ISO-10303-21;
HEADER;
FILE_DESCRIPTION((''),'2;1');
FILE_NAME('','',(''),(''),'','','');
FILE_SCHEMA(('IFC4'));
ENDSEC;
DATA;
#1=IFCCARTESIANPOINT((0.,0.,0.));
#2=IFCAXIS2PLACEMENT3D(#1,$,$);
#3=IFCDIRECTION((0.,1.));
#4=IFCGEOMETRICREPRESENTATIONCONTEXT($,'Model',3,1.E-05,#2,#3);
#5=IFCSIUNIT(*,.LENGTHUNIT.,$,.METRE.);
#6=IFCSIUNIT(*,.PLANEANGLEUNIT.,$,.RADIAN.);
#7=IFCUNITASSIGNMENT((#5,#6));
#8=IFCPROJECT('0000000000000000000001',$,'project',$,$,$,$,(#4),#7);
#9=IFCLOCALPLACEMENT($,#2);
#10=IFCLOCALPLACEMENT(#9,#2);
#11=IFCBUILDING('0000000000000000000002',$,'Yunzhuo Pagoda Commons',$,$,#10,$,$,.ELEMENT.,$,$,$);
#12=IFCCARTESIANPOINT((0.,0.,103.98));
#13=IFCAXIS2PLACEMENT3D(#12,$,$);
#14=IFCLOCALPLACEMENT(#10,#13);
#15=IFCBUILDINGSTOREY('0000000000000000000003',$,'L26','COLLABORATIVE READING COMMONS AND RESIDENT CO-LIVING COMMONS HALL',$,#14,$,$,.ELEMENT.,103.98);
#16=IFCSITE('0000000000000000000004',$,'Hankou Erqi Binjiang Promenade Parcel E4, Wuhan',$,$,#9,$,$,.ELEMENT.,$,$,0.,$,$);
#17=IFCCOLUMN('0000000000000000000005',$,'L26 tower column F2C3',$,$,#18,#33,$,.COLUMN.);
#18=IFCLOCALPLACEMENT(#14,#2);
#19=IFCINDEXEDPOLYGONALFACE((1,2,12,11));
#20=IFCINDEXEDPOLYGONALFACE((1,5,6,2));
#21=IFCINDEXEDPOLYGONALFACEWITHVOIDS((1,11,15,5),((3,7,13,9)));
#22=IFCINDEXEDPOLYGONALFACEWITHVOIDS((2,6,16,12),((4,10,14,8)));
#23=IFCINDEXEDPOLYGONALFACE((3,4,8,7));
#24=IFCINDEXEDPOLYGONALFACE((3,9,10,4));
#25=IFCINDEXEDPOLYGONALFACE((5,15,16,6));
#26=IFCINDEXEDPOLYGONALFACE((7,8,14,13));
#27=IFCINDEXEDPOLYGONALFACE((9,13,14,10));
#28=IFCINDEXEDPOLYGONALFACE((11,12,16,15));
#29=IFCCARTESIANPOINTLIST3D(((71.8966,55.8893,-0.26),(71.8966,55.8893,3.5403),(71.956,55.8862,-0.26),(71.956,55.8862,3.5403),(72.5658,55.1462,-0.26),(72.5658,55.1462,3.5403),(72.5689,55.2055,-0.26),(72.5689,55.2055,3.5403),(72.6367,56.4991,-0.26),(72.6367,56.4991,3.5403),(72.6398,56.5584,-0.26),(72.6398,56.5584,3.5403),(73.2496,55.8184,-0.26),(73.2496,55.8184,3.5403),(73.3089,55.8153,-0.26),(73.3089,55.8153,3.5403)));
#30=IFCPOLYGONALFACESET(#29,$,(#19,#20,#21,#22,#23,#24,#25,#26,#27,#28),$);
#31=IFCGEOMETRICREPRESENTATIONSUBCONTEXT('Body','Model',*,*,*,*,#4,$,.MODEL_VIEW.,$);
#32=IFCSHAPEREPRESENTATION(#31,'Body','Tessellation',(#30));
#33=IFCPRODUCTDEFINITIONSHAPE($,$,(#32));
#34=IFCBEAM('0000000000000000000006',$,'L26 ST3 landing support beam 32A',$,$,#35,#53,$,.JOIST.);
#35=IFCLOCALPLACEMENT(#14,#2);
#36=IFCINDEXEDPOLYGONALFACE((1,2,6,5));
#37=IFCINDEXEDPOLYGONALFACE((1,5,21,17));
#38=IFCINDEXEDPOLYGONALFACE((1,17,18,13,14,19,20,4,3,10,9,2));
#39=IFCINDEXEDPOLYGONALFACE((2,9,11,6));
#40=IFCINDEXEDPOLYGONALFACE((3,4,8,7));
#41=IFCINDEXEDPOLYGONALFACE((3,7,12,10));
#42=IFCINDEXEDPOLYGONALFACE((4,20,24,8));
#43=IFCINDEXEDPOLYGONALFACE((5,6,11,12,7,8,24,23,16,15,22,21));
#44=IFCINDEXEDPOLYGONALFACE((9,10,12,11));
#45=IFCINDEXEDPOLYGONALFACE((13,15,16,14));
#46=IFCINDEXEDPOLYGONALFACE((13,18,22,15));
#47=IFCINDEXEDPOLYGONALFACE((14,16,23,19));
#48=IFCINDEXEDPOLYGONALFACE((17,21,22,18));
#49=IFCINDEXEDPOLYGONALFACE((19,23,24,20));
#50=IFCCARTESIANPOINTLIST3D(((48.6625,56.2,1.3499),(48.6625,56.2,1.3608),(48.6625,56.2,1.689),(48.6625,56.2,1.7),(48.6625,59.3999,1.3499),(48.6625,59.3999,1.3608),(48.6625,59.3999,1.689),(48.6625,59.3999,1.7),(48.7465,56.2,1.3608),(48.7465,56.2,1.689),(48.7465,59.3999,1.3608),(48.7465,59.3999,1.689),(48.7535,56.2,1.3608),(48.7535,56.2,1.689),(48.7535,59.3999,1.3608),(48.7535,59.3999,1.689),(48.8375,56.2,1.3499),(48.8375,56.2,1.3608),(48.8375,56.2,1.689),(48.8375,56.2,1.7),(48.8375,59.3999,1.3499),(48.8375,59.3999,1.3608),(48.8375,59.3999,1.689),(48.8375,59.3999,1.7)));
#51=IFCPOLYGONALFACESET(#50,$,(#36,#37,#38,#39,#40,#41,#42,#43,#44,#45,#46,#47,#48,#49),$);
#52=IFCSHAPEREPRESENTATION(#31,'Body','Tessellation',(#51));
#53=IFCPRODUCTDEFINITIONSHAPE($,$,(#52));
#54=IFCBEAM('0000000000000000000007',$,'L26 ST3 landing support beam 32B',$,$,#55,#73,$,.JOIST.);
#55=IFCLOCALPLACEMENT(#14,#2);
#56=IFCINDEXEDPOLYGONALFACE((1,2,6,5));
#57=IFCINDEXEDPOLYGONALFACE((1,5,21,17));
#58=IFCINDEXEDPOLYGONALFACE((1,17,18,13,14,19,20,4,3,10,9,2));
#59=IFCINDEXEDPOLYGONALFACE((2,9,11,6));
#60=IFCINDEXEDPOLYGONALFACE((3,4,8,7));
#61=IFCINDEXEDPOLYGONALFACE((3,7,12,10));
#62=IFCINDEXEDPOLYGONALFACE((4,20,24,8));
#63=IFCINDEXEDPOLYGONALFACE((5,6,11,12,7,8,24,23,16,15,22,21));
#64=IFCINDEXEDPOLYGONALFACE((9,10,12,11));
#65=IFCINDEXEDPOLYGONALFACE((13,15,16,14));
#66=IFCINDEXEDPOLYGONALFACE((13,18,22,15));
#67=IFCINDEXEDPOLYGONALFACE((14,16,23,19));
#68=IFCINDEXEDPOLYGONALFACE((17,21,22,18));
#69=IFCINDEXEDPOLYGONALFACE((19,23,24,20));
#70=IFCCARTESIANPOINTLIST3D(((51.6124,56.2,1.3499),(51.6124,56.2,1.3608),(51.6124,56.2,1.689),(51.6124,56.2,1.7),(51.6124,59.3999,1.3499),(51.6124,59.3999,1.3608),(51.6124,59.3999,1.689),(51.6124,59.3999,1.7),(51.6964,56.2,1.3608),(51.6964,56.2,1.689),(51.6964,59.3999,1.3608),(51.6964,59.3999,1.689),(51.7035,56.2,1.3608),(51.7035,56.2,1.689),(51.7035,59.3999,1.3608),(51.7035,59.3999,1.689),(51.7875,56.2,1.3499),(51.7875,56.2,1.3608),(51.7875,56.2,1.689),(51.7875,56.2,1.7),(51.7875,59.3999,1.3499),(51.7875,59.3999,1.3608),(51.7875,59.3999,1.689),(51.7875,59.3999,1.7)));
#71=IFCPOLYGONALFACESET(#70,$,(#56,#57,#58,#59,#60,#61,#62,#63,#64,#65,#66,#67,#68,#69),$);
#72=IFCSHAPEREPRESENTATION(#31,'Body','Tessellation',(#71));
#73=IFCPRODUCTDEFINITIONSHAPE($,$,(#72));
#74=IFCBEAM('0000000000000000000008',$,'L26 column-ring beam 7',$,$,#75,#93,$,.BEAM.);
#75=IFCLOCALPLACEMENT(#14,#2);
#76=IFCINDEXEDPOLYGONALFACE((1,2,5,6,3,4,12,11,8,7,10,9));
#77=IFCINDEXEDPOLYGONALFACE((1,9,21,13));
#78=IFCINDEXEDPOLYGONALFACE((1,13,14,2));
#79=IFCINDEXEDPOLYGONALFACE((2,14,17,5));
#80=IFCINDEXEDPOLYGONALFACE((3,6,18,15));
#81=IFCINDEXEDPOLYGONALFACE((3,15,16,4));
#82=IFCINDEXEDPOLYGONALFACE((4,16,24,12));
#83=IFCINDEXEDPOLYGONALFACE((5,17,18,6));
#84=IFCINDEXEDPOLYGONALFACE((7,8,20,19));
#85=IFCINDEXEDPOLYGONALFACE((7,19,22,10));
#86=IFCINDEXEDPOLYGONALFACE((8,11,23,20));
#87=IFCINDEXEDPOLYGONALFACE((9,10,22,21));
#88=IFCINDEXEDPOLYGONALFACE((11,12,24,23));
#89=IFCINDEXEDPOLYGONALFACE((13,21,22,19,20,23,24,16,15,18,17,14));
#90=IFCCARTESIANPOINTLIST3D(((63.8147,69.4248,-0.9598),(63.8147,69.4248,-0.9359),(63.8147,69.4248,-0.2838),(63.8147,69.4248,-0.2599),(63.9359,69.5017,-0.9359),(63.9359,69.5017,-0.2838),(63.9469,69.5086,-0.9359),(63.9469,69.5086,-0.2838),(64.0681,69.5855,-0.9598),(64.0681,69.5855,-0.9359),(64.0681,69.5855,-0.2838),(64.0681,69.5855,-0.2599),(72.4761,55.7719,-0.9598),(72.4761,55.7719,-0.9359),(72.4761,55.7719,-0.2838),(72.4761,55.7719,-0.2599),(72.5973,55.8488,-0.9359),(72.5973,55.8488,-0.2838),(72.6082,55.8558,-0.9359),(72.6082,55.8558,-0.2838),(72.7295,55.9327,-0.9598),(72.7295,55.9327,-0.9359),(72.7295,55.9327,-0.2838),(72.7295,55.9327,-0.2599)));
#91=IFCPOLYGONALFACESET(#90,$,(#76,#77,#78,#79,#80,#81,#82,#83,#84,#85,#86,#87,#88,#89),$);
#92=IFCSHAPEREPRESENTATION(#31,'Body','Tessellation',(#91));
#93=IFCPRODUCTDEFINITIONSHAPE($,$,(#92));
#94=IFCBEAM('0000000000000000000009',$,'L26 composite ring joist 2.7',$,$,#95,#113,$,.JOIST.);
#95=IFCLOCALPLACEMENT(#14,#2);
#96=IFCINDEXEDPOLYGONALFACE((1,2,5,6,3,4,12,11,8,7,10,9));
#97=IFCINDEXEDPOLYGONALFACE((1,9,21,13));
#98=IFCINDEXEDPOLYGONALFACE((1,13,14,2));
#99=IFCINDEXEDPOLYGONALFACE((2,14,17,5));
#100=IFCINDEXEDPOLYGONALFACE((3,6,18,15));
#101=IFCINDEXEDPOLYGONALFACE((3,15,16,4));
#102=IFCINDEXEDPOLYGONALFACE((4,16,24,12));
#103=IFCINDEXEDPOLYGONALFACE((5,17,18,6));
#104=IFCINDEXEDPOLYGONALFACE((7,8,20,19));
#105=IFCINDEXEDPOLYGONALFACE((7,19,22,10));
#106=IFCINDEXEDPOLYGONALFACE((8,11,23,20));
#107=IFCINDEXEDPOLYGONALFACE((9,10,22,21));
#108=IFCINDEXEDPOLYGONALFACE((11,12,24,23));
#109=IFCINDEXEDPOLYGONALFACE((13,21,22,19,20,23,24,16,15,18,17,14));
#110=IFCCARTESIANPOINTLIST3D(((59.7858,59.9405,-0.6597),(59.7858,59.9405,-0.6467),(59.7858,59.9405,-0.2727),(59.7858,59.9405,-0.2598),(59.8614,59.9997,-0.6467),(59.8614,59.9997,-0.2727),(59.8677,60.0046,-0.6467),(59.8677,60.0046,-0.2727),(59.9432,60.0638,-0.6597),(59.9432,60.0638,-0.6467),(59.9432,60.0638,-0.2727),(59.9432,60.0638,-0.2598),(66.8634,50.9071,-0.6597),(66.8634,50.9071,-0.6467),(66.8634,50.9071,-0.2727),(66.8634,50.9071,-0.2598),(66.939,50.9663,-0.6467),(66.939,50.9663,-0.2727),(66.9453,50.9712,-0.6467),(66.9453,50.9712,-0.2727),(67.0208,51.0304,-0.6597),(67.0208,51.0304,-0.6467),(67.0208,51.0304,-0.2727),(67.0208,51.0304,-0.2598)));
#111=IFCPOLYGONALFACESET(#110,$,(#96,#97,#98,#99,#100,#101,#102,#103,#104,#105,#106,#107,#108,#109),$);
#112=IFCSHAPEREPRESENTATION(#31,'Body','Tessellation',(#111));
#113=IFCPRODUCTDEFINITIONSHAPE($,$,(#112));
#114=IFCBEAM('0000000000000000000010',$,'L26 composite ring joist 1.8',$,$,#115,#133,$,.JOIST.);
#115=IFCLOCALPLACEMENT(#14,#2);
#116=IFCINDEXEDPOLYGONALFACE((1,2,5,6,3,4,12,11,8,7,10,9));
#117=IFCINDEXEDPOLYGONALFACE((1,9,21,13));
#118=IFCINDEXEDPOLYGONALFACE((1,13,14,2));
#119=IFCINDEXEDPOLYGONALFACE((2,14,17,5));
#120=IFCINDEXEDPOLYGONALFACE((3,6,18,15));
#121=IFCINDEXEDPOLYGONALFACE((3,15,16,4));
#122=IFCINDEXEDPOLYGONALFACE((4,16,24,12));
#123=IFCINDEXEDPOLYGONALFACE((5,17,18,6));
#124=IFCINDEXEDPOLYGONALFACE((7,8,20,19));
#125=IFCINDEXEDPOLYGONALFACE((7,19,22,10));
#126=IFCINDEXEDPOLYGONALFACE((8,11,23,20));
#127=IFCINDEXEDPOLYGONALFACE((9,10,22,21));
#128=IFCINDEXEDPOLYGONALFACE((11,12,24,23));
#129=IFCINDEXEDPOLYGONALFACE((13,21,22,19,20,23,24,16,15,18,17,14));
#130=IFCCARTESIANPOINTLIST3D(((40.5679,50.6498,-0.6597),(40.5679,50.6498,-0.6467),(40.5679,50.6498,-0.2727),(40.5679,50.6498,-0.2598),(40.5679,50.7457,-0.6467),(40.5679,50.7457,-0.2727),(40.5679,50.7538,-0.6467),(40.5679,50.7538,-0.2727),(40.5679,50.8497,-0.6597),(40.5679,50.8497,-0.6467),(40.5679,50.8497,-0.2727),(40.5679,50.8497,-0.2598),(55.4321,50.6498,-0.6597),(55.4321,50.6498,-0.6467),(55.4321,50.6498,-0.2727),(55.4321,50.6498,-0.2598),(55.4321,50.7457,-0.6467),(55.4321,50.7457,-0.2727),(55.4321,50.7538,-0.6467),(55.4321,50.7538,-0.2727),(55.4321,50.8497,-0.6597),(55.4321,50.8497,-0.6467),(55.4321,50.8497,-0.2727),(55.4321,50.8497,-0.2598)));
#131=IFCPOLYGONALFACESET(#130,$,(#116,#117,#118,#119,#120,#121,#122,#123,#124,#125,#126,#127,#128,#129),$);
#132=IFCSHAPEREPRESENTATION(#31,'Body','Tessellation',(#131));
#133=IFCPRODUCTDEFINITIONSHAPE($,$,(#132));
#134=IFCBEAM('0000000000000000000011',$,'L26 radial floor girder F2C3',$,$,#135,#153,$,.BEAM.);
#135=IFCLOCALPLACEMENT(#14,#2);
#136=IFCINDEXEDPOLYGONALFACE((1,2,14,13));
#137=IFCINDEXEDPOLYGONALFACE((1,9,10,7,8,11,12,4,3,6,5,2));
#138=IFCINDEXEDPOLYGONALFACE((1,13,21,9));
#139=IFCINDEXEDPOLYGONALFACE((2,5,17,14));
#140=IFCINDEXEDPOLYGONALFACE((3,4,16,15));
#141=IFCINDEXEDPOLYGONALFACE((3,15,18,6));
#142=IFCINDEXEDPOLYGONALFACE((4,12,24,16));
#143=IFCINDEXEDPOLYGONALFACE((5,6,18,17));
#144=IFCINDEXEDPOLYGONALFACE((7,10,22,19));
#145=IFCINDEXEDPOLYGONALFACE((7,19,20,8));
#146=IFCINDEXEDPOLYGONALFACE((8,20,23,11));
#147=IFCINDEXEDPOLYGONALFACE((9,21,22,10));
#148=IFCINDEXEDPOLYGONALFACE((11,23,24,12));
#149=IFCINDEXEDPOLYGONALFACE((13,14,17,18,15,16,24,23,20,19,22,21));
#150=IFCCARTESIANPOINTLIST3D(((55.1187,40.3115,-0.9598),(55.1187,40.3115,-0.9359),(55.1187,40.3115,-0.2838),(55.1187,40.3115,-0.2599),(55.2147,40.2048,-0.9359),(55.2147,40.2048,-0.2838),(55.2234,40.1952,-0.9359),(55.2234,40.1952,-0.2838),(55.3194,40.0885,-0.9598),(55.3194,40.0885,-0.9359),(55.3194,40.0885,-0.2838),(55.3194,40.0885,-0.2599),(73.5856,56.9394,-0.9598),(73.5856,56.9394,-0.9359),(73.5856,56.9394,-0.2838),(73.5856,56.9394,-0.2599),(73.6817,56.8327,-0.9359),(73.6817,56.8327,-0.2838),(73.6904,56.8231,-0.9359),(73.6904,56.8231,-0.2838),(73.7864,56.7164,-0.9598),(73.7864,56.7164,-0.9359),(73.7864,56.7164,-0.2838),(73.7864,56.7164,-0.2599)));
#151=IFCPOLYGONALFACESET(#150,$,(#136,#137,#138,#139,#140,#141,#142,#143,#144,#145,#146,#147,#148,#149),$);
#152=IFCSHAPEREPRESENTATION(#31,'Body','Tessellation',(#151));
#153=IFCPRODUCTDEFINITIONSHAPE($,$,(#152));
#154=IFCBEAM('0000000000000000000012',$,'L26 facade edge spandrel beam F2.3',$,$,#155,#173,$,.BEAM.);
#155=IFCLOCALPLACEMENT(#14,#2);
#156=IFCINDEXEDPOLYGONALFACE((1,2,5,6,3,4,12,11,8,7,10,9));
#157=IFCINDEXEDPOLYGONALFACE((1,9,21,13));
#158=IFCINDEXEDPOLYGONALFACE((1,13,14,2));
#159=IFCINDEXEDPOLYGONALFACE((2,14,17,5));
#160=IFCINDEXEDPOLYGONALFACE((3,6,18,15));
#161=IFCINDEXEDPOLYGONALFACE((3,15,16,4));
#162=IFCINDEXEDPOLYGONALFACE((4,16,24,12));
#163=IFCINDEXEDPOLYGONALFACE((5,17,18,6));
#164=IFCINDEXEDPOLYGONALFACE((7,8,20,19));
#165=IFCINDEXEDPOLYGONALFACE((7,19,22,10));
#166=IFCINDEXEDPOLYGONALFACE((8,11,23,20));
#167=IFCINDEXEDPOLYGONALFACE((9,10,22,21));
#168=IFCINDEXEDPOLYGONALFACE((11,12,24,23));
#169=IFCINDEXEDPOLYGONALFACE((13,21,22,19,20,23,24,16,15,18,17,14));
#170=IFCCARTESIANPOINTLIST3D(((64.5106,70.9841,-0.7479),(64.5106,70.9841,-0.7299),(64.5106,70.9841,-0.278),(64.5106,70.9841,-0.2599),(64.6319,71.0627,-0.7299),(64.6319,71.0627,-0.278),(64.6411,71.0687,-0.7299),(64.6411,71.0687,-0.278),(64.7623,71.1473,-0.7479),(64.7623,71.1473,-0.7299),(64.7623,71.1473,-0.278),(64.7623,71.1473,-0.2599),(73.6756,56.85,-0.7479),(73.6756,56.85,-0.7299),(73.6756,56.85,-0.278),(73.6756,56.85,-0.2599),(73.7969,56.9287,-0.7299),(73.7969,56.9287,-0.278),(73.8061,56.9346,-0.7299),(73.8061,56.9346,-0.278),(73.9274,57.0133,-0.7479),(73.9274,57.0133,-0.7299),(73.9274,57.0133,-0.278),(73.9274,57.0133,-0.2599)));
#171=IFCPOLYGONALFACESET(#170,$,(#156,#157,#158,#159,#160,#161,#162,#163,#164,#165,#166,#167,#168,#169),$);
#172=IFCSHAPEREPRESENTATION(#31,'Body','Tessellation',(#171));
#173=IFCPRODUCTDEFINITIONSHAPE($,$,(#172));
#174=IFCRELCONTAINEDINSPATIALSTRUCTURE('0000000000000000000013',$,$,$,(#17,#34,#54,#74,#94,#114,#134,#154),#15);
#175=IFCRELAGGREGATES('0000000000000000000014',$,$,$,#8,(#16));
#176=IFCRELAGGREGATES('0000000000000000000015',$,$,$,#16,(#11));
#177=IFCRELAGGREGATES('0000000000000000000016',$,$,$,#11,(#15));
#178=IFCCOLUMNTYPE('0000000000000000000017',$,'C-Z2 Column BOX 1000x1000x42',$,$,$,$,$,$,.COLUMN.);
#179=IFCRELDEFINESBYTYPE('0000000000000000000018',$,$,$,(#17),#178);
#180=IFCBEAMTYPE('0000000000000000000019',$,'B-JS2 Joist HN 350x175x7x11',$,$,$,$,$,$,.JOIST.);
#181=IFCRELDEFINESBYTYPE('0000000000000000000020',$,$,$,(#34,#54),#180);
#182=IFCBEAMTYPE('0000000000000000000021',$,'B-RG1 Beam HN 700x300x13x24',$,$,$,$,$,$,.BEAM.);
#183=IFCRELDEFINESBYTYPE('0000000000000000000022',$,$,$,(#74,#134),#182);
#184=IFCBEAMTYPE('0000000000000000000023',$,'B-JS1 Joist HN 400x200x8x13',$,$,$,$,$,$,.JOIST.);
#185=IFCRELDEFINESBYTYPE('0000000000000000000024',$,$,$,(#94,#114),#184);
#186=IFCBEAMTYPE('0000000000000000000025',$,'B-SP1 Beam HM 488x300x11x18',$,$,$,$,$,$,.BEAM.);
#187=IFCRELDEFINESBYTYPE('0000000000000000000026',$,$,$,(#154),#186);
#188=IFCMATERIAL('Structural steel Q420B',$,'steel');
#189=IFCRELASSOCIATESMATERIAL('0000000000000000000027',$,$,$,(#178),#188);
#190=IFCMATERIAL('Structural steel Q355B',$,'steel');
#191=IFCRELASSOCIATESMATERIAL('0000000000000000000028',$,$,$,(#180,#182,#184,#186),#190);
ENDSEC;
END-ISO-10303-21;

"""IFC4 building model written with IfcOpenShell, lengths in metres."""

from ifc_helpers import new_model, si_unit, direction, frame, origin, origin_2d, place, context, subcontext, project, spatial, hollow_rectangle, i_section, extrude, source, transform, mapped, material, material_profile, profile_set, type_object, element, save


model = new_model("IFC4")

# Units and contexts
model_context = context("Model", 3, precision=1e-05, world=origin(), true_north=direction((0.0, 1.0)))
body_context = subcontext(model_context, "Body", "Model", "MODEL_VIEW")
ifc_project = project(units=[si_unit("LENGTHUNIT", "METRE"), si_unit("PLANEANGLEUNIT", "RADIAN")], contexts=[model_context])

# Site, building, storey
site_placement = place(None, origin())
site = spatial("IfcSite", under=ifc_project, at=site_placement, Name="Hankou Erqi Binjiang Promenade Parcel E4, Wuhan", CompositionType="ELEMENT", RefElevation=0.0)
building_placement = place(site_placement, origin())
building = spatial("IfcBuilding", under=site, at=building_placement, Name="Yunzhuo Pagoda Commons", CompositionType="ELEMENT")
storey_placement = place(building_placement, frame((0.0, 0.0, 103.98)))
storey = spatial("IfcBuildingStorey", under=building, at=storey_placement, Name="L26", Description="COLLABORATIVE READING COMMONS AND RESIDENT CO-LIVING COMMONS HALL", CompositionType="ELEMENT", Elevation=103.98)

# Column
ifc_material_1 = material(Name="Structural steel Q420B", Category="steel")
ifc_material_profile_1 = material_profile(ifc_material_1, hollow_rectangle(XDim=1.0, YDim=1.0, WallThickness=0.042, at=origin_2d()), Name="Structural steel Q420B")
ifc_profile_set_1 = profile_set([ifc_material_profile_1], Name="Structural steel Q420B")
column_type = type_object("IfcColumnType", Name="C-Z2 Column BOX 1000x1000x42", PredefinedType="COLUMN", material=ifc_profile_set_1)
shared_shape_1 = source(origin(), body_context, "Body", "SweptSolid", [
    extrude(hollow_rectangle(XDim=1.0, YDim=1.0, WallThickness=0.042, at=origin_2d()), origin(), (0.0, 0.0, 1.0), 3.8003),
])
column_placement = place(storey_placement, frame((72.6028, 55.8523, -0.26), z_axis=(0.0, 0.0, 1.0), x_axis=(-0.669131, 0.743145, 0.0)))
element("IfcColumn", 1, at=column_placement, inside=storey, type_object=column_type, Name="L26 tower column F2C3", PredefinedType="COLUMN", context=body_context, shape_type="MappedRepresentation", body=[
    mapped(shared_shape_1, transform((0.0, 0.0, 0.0), scale=1.0)),
])

# Beams
ifc_material_2 = material(Name="Structural steel Q355B", Category="steel")
ifc_material_profile_2 = material_profile(ifc_material_2, i_section(OverallWidth=0.175, OverallDepth=0.3501, WebThickness=0.0071, FlangeThickness=0.011, at=origin_2d()), Name="Structural steel Q355B")
ifc_profile_set_2 = profile_set([ifc_material_profile_2], Name="Structural steel Q355B")
beam_type_1 = type_object("IfcBeamType", Name="B-JS2 Joist HN 350x175x7x11", PredefinedType="JOIST", material=ifc_profile_set_2)
shared_shape_2 = source(origin(), body_context, "Body", "SweptSolid", [
    extrude(i_section(OverallWidth=0.175, OverallDepth=0.3501, WebThickness=0.0071, FlangeThickness=0.011, at=origin_2d()), origin(), (0.0, 0.0, 1.0), 3.2),
])
for number, where, z_axis, x_axis, name in (
    (2, (48.75, 56.2, 1.5249), (0.0, 1.0, 0.0), (-1.0, 0.0, 0.0), "L26 ST3 landing support beam 32A"),
    (3, (51.7, 56.2, 1.5249), (0.0, 1.0, 0.0), (-1.0, 0.0, 0.0), "L26 ST3 landing support beam 32B"),
):
    element("IfcBeam", number, at=place(storey_placement, frame(where, z_axis=z_axis, x_axis=x_axis)), inside=storey, type_object=beam_type_1, Name=name, PredefinedType="JOIST", context=body_context, shape_type="MappedRepresentation", body=[
        mapped(shared_shape_2, transform((0.0, 0.0, 0.0), scale=1.0)),
    ])
ifc_material_profile_3 = material_profile(ifc_material_2, i_section(OverallWidth=0.3, OverallDepth=0.7, WebThickness=0.0129, FlangeThickness=0.0239, at=origin_2d()), Name="Structural steel Q355B")
ifc_profile_set_3 = profile_set([ifc_material_profile_3], Name="Structural steel Q355B")
beam_type_2 = type_object("IfcBeamType", Name="B-RG1 Beam HN 700x300x13x24", PredefinedType="BEAM", material=ifc_profile_set_3)
shared_shape_3 = source(origin(), body_context, "Body", "SweptSolid", [
    extrude(i_section(OverallWidth=0.3, OverallDepth=0.7, WebThickness=0.0129, FlangeThickness=0.0239, at=origin_2d()), origin(), (0.0, 0.0, 1.0), 16.1685),
])
beam_1_placement = place(storey_placement, frame((72.6028, 55.8523, -0.6099), z_axis=(-0.535696, 0.844411, 0.0), x_axis=(-0.844411, -0.535696, 0.0)))
element("IfcBeam", 4, at=beam_1_placement, inside=storey, type_object=beam_type_2, Name="L26 column-ring beam 7", PredefinedType="BEAM", context=body_context, shape_type="MappedRepresentation", body=[
    mapped(shared_shape_3, transform((0.0, 0.0, 0.0), scale=1.0)),
])
ifc_material_profile_4 = material_profile(ifc_material_2, i_section(OverallWidth=0.2, OverallDepth=0.3999, WebThickness=0.0081, FlangeThickness=0.0129, at=origin_2d()), Name="Structural steel Q355B")
ifc_profile_set_4 = profile_set([ifc_material_profile_4], Name="Structural steel Q355B")
beam_type_3 = type_object("IfcBeamType", Name="B-JS1 Joist HN 400x200x8x13", PredefinedType="JOIST", material=ifc_profile_set_4)
shared_shape_4 = source(origin(), body_context, "Body", "SweptSolid", [
    extrude(i_section(OverallWidth=0.2, OverallDepth=0.3999, WebThickness=0.0081, FlangeThickness=0.0129, at=origin_2d()), origin(), (0.0, 0.0, 1.0), 11.4758),
])
beam_2_placement = place(storey_placement, frame((66.9421, 50.9688, -0.4597), z_axis=(-0.61674, 0.787167, 0.0), x_axis=(-0.787167, -0.61674, 0.0)))
element("IfcBeam", 5, at=beam_2_placement, inside=storey, type_object=beam_type_3, Name="L26 composite ring joist 2.7", PredefinedType="JOIST", context=body_context, shape_type="MappedRepresentation", body=[
    mapped(shared_shape_4, transform((0.0, 0.0, 0.0), scale=1.0)),
])
shared_shape_5 = source(origin(), body_context, "Body", "SweptSolid", [
    extrude(i_section(OverallWidth=0.2, OverallDepth=0.3999, WebThickness=0.0081, FlangeThickness=0.0129, at=origin_2d()), origin(), (0.0, 0.0, 1.0), 14.8643),
])
beam_3_placement = place(storey_placement, frame((55.4321, 50.7498, -0.4597), z_axis=(-1.0, 0.0, 0.0), x_axis=(0.0, -1.0, 0.0)))
element("IfcBeam", 6, at=beam_3_placement, inside=storey, type_object=beam_type_3, Name="L26 composite ring joist 1.8", PredefinedType="JOIST", context=body_context, shape_type="MappedRepresentation", body=[
    mapped(shared_shape_5, transform((0.0, 0.0, 0.0), scale=1.0)),
])
shared_shape_6 = source(origin(), body_context, "Body", "SweptSolid", [
    extrude(i_section(OverallWidth=0.3, OverallDepth=0.7, WebThickness=0.0129, FlangeThickness=0.0239, at=origin_2d()), origin(), (0.0, 0.0, 1.0), 24.8499),
])
beam_4_placement = place(storey_placement, frame((73.686, 56.8279, -0.6099), z_axis=(-0.743142, -0.669134, 0.0), x_axis=(0.669134, -0.743142, 0.0)))
element("IfcBeam", 7, at=beam_4_placement, inside=storey, type_object=beam_type_2, Name="L26 radial floor girder F2C3", PredefinedType="BEAM", context=body_context, shape_type="MappedRepresentation", body=[
    mapped(shared_shape_6, transform((0.0, 0.0, 0.0), scale=1.0)),
])
ifc_material_profile_5 = material_profile(ifc_material_2, i_section(OverallWidth=0.3, OverallDepth=0.488, WebThickness=0.011, FlangeThickness=0.0181, at=origin_2d()), Name="Structural steel Q355B")
ifc_profile_set_5 = profile_set([ifc_material_profile_5], Name="Structural steel Q355B")
beam_type_4 = type_object("IfcBeamType", Name="B-SP1 Beam HM 488x300x11x18", PredefinedType="BEAM", material=ifc_profile_set_5)
shared_shape_7 = source(origin(), body_context, "Body", "SweptSolid", [
    extrude(i_section(OverallWidth=0.3, OverallDepth=0.488, WebThickness=0.011, FlangeThickness=0.0181, at=origin_2d()), origin(), (0.0, 0.0, 1.0), 16.8455),
])
beam_5_placement = place(storey_placement, frame((73.8015, 56.9316, -0.5039), z_axis=(-0.544066, 0.839042, 0.0), x_axis=(-0.839042, -0.544066, 0.0)))
element("IfcBeam", 8, at=beam_5_placement, inside=storey, type_object=beam_type_4, Name="L26 facade edge spandrel beam F2.3", PredefinedType="BEAM", context=body_context, shape_type="MappedRepresentation", body=[
    mapped(shared_shape_7, transform((0.0, 0.0, 0.0), scale=1.0)),
])

save(model, "model.ifc")
